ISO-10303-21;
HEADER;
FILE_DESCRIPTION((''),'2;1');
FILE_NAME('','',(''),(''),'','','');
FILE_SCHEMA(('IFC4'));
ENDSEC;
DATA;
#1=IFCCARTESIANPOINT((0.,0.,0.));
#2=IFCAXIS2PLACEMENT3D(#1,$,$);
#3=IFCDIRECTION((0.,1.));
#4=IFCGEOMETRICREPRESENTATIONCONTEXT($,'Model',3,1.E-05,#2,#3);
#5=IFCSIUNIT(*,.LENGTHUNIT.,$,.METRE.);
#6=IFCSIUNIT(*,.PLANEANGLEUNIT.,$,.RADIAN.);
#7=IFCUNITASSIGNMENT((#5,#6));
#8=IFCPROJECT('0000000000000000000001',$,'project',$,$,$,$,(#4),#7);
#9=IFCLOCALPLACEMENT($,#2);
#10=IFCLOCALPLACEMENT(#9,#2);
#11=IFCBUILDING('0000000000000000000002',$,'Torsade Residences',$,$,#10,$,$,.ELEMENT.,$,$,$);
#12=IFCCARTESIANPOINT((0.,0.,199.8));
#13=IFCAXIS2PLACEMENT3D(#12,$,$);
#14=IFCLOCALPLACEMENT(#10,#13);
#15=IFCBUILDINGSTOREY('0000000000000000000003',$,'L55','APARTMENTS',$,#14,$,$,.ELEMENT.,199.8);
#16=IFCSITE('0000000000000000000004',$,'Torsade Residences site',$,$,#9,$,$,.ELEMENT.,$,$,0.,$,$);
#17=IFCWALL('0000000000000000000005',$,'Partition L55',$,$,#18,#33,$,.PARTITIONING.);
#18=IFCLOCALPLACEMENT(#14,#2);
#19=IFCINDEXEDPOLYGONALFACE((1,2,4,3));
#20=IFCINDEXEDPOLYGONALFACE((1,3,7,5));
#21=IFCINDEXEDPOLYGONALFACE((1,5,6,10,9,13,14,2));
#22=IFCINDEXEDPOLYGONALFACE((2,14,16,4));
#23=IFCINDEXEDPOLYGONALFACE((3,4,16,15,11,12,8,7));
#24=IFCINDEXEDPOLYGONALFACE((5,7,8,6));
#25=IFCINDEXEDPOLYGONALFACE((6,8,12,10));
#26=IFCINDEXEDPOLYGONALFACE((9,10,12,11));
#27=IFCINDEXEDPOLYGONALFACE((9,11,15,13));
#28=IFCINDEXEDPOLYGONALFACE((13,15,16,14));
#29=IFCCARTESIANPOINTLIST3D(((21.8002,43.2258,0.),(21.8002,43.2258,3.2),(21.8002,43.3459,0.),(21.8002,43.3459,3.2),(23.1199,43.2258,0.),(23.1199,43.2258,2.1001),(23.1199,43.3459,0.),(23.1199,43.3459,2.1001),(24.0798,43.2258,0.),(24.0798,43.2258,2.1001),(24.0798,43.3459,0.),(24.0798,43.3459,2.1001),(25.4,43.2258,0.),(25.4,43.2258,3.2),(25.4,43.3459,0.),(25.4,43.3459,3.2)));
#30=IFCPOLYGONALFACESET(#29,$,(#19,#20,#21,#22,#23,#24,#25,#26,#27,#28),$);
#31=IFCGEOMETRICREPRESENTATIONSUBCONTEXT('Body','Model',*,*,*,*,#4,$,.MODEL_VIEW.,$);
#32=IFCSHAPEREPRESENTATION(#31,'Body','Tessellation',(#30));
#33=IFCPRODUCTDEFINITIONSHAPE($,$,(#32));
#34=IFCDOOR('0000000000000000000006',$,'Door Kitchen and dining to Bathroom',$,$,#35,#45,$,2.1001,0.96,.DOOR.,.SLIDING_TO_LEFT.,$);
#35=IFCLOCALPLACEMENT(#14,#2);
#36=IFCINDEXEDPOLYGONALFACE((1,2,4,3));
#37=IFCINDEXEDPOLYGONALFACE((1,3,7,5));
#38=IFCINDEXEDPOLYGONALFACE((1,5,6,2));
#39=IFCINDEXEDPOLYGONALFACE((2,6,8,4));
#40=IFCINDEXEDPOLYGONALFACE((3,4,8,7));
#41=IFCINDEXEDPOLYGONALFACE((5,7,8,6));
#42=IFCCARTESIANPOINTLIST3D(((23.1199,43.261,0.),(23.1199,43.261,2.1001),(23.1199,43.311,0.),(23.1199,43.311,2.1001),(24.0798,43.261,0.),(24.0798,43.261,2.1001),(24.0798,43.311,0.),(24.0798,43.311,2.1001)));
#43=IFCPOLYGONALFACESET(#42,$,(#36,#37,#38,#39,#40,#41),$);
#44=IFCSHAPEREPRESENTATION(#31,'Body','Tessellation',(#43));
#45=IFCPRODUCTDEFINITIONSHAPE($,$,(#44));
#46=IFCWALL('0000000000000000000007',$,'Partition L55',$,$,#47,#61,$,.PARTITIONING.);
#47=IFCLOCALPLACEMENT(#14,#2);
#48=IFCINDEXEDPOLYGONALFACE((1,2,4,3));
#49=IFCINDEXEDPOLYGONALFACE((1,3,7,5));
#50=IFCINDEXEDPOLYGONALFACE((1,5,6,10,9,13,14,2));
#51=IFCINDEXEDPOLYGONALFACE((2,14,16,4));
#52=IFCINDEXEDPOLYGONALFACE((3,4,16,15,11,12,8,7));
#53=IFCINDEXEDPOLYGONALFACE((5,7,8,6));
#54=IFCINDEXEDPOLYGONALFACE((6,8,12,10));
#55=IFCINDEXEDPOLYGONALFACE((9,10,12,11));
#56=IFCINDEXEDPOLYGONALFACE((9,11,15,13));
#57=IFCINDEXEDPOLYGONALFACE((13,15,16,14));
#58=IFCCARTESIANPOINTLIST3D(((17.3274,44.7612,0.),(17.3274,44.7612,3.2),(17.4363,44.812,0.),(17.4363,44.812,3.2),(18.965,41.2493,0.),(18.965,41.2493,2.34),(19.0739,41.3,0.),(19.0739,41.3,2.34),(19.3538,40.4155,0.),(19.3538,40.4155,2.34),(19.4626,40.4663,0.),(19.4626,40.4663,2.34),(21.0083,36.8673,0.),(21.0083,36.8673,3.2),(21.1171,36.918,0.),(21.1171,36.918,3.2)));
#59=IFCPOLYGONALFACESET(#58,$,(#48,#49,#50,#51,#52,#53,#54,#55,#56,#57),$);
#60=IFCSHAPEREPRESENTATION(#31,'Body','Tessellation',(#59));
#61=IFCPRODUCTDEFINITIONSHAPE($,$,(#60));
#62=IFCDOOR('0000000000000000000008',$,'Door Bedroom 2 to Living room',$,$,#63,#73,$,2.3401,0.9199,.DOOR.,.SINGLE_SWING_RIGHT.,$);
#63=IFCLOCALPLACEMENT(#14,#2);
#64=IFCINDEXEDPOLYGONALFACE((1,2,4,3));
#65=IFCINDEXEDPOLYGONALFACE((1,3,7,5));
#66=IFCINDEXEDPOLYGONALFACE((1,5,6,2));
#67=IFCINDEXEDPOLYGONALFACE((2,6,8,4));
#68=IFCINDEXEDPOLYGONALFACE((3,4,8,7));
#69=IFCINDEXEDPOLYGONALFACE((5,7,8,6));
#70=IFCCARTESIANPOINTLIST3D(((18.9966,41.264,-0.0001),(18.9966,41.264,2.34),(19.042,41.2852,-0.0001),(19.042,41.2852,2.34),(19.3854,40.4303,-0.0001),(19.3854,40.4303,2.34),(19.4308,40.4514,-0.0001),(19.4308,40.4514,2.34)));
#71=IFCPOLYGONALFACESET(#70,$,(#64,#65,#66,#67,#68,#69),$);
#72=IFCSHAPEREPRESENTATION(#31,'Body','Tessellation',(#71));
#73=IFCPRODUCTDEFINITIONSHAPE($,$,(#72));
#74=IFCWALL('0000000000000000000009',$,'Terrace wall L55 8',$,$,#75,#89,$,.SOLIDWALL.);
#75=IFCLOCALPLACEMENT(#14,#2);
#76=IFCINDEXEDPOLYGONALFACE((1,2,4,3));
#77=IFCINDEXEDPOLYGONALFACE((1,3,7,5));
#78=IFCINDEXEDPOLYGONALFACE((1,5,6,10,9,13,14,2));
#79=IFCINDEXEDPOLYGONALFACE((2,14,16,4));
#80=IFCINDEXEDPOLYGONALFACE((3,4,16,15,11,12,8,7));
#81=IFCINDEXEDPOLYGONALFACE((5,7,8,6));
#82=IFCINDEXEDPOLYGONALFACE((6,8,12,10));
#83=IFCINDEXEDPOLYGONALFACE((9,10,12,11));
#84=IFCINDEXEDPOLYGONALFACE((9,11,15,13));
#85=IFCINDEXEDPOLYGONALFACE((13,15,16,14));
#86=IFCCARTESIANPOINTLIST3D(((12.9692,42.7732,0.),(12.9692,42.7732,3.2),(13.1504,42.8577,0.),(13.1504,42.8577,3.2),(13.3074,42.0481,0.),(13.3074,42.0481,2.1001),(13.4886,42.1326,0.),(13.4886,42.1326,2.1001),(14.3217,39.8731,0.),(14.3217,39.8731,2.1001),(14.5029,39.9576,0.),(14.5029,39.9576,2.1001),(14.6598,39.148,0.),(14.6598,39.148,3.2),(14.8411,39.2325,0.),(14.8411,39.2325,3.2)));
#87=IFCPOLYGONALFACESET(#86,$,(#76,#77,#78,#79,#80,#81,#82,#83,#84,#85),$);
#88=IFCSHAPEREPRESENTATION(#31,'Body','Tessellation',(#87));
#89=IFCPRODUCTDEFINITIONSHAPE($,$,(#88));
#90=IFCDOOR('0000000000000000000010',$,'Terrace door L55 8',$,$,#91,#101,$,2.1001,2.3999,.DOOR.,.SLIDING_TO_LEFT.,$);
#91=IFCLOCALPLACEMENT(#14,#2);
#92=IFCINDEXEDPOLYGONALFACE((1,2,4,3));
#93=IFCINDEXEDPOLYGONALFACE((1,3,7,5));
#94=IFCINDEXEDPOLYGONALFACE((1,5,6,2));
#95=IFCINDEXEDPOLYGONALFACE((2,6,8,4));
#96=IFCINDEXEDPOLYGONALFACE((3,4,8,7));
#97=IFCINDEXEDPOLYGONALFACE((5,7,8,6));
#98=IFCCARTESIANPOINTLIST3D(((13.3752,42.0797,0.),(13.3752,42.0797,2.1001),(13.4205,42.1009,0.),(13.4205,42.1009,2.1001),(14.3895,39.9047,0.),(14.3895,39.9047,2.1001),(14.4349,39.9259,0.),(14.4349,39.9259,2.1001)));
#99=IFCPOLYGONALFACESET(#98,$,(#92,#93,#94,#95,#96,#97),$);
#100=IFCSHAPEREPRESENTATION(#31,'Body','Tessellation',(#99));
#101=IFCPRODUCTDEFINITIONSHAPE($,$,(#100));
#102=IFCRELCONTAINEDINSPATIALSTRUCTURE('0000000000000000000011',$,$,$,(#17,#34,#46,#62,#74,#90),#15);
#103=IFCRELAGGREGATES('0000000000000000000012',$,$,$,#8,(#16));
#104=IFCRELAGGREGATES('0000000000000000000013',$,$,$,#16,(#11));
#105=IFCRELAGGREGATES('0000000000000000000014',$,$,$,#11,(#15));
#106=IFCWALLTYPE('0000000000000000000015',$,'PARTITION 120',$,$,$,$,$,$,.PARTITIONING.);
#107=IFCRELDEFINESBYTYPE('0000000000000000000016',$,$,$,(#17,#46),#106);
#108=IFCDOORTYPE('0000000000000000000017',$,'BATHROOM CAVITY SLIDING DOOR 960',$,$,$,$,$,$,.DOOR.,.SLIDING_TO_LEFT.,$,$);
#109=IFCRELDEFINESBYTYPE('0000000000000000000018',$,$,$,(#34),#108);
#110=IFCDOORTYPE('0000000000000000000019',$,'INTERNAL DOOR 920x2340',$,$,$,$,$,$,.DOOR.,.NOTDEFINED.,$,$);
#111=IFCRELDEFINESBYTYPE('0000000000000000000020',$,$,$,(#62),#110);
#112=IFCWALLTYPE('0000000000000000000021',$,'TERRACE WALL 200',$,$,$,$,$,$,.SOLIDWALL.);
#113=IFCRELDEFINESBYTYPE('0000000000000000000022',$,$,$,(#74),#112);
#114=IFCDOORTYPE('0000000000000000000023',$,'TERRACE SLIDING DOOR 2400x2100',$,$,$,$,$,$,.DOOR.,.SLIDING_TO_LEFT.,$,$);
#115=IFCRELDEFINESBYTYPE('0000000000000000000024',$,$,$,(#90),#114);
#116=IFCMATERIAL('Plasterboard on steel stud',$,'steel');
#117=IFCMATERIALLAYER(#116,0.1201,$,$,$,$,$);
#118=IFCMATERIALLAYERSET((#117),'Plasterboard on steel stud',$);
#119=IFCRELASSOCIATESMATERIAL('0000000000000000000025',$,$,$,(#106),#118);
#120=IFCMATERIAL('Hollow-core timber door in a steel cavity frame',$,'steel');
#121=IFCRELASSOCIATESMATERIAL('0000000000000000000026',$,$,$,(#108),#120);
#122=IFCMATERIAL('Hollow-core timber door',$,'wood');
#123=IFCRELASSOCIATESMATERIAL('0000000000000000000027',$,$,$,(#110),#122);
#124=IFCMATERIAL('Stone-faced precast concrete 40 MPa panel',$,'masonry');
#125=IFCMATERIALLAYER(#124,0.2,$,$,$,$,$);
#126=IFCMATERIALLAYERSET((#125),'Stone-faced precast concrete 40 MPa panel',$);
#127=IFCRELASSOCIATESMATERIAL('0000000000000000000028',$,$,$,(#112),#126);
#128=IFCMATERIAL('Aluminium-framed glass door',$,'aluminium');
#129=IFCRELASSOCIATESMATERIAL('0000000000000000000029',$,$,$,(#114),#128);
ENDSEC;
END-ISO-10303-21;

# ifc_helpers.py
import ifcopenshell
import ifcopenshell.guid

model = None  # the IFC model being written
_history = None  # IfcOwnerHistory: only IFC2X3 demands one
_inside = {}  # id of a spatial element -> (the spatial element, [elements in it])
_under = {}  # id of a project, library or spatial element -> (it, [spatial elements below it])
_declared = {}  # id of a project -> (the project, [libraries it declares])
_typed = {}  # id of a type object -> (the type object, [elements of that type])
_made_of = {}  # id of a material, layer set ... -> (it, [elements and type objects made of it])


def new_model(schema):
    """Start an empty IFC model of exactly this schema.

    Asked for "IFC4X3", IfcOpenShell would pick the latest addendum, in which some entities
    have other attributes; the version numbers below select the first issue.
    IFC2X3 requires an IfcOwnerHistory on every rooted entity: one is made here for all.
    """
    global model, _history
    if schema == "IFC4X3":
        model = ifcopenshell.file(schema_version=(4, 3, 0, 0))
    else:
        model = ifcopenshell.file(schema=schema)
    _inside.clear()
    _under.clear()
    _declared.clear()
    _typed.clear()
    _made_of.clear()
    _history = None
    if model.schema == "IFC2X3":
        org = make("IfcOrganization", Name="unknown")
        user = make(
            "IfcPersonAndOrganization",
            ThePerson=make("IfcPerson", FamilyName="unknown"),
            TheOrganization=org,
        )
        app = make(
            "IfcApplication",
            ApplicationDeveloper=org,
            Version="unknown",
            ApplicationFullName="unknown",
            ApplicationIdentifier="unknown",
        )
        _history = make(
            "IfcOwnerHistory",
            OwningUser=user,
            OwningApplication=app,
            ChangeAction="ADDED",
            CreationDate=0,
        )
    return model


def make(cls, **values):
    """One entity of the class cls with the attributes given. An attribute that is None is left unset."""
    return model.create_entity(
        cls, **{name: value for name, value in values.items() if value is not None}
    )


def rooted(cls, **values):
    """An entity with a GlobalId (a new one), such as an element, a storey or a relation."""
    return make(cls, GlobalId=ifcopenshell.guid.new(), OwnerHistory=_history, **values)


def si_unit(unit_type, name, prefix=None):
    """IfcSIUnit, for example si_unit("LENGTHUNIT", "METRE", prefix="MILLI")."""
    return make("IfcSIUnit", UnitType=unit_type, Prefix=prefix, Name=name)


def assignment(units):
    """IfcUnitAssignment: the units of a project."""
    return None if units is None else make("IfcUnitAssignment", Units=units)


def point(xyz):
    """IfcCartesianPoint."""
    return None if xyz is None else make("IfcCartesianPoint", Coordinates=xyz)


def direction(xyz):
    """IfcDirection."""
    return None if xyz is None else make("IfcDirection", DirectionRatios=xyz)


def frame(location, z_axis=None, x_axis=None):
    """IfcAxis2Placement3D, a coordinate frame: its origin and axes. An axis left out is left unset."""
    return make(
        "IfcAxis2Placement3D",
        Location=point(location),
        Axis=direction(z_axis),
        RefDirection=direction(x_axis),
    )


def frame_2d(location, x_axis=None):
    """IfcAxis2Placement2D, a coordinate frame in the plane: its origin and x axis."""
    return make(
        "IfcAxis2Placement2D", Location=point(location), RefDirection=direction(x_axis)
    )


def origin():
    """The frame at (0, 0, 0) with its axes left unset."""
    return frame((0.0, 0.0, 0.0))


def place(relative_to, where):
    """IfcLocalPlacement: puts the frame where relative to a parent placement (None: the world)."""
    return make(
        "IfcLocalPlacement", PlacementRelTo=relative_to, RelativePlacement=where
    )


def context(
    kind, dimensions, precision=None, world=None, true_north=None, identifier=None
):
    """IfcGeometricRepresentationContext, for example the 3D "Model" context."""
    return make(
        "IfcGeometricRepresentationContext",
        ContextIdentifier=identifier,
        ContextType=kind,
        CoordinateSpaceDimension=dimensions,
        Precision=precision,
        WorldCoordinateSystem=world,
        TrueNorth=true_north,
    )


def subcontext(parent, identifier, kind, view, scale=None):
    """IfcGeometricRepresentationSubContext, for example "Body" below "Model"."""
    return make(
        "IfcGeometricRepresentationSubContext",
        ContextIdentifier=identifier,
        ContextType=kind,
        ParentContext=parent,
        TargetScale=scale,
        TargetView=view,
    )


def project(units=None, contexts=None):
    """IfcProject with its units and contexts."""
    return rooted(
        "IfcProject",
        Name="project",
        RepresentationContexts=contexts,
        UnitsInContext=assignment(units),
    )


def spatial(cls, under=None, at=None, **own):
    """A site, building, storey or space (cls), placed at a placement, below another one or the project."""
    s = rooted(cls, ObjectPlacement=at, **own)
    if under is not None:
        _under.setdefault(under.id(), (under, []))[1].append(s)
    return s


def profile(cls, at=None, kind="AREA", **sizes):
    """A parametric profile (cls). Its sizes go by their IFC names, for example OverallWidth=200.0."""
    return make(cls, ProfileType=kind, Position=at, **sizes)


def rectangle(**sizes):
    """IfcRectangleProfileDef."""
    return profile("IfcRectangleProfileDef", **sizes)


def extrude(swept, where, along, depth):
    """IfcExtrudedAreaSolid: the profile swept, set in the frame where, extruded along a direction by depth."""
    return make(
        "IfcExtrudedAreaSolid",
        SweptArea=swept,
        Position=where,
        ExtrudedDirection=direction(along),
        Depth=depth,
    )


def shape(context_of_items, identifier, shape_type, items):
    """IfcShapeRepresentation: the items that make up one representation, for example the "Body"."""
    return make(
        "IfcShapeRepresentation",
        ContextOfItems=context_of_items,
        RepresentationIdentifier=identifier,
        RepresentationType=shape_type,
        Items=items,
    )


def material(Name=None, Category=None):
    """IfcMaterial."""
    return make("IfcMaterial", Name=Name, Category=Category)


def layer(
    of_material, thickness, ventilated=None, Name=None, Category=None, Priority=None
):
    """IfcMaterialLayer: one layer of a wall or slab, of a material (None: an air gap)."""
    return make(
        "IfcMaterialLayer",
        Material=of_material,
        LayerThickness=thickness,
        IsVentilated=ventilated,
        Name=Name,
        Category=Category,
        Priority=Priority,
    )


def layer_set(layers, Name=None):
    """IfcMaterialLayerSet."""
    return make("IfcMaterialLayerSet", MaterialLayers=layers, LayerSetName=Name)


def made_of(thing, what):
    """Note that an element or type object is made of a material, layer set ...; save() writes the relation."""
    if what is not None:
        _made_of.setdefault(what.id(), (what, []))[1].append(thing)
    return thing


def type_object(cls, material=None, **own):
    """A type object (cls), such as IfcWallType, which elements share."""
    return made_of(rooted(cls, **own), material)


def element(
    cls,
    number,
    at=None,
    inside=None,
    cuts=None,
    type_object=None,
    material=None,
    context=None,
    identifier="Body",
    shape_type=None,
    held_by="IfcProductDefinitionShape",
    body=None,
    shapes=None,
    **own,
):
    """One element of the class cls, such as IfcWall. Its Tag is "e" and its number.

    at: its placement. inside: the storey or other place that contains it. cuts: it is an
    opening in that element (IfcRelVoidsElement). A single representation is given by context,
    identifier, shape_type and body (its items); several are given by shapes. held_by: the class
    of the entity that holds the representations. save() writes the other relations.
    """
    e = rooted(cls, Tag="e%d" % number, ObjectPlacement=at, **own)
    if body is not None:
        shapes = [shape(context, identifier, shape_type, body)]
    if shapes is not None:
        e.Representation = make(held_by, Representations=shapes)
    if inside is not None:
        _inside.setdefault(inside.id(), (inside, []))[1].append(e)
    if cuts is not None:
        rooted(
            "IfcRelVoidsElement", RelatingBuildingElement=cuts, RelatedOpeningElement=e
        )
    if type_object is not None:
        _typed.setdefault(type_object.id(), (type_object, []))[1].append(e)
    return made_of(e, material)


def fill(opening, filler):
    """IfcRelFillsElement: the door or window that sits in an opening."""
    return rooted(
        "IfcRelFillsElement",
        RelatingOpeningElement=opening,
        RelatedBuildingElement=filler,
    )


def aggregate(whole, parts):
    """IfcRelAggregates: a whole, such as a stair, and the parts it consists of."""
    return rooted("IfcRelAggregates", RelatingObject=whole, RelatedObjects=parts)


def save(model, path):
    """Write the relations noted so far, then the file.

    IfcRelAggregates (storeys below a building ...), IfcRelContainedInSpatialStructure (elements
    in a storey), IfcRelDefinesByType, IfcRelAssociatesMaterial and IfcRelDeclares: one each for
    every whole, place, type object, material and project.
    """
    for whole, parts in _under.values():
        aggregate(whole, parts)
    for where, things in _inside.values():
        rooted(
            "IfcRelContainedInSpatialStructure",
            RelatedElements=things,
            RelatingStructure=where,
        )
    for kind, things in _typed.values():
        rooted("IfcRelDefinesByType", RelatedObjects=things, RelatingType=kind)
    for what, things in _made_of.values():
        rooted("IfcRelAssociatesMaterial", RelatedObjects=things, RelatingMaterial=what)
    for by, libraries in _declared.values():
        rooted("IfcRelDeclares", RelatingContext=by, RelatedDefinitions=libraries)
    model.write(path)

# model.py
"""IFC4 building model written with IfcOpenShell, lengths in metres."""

from ifc_helpers import new_model, si_unit, direction, frame, frame_2d, origin, place, context, subcontext, project, spatial, rectangle, extrude, material, layer, layer_set, type_object, element, fill, save


model = new_model("IFC4")

# Units and contexts
model_context = context("Model", 3, precision=1e-05, world=origin(), true_north=direction((0.0, 1.0)))
body_context = subcontext(model_context, "Body", "Model", "MODEL_VIEW")
ifc_project = project(units=[si_unit("LENGTHUNIT", "METRE"), si_unit("PLANEANGLEUNIT", "RADIAN")], contexts=[model_context])

# Site, building, storey
site_placement = place(None, origin())
site = spatial("IfcSite", under=ifc_project, at=site_placement, Name="Torsade Residences site", CompositionType="ELEMENT", RefElevation=0.0)
building_placement = place(site_placement, origin())
building = spatial("IfcBuilding", under=site, at=building_placement, Name="Torsade Residences", CompositionType="ELEMENT")
storey_placement = place(building_placement, frame((0.0, 0.0, 199.8)))
storey = spatial("IfcBuildingStorey", under=building, at=storey_placement, Name="L55", Description="APARTMENTS", CompositionType="ELEMENT", Elevation=199.8)

# Walls, openings, doors
ifc_material_1 = material(Name="Plasterboard on steel stud", Category="steel")
ifc_layer_1 = layer(ifc_material_1, 0.1201)
ifc_layer_set_1 = layer_set([ifc_layer_1], Name="Plasterboard on steel stud")
wall_type_1 = type_object("IfcWallType", Name="PARTITION 120", PredefinedType="PARTITIONING", material=ifc_layer_set_1)
wall_1_placement = place(storey_placement, frame((25.3999, 43.2859, 0.0), z_axis=(0.0, 0.0, 1.0), x_axis=(-1.0, 0.0, 0.0)))
wall_1 = element("IfcWall", 1, at=wall_1_placement, inside=storey, type_object=wall_type_1, Name="Partition L55", PredefinedType="PARTITIONING", context=body_context, shape_type="SweptSolid", body=[
    extrude(rectangle(XDim=3.5999, YDim=0.1201, at=frame_2d((1.7998, 0.0))), origin(), (0.0, 0.0, 1.0), 3.2),
])
opening_1_placement = place(wall_1_placement, frame((1.3201, 0.0, 0.0)))
opening_1 = element("IfcOpeningElement", 2, at=opening_1_placement, cuts=wall_1, PredefinedType="OPENING", context=body_context, shape_type="SweptSolid", body=[
    extrude(rectangle(XDim=0.96, YDim=2.1001, at=frame_2d((0.48, 1.05))), frame((0.0, 0.0701, 0.0), z_axis=(0.0, -1.0, 0.0), x_axis=(1.0, 0.0, 0.0)), (0.0, 0.0, 1.0), 0.1401),
])
ifc_material_2 = material(Name="Hollow-core timber door in a steel cavity frame", Category="steel")
door_type_1 = type_object("IfcDoorType", Name="BATHROOM CAVITY SLIDING DOOR 960", OperationType="SLIDING_TO_LEFT", PredefinedType="DOOR", material=ifc_material_2)
door_1_placement = place(opening_1_placement, origin())
door_1 = element("IfcDoor", 3, at=door_1_placement, inside=storey, type_object=door_type_1, Name="Door Kitchen and dining to Bathroom", OperationType="SLIDING_TO_LEFT", OverallHeight=2.1001, OverallWidth=0.96, PredefinedType="DOOR", context=body_context, shape_type="SweptSolid", body=[
    extrude(rectangle(XDim=0.96, YDim=2.1001, at=frame_2d((0.48, 1.05))), frame((0.0, 0.0249, 0.0), z_axis=(0.0, -1.0, 0.0), x_axis=(1.0, 0.0, 0.0)), (0.0, 0.0, 1.0), 0.05),
])
fill(opening_1, door_1)
wall_2_placement = place(storey_placement, frame((17.3818, 44.7866, 0.0), z_axis=(0.0, 0.0, 1.0), x_axis=(0.422605, -0.906314, 0.0)))
wall_2 = element("IfcWall", 4, at=wall_2_placement, inside=storey, type_object=wall_type_1, Name="Partition L55", PredefinedType="PARTITIONING", context=body_context, shape_type="SweptSolid", body=[
    extrude(rectangle(XDim=8.71, YDim=0.1201, at=frame_2d((4.355, 0.0))), origin(), (0.0, 0.0, 1.0), 3.2),
])
opening_2_placement = place(wall_2_placement, frame((3.875, 0.0, 0.0)))
opening_2 = element("IfcOpeningElement", 5, at=opening_2_placement, cuts=wall_2, PredefinedType="OPENING", context=body_context, shape_type="SweptSolid", body=[
    extrude(rectangle(XDim=0.9199, YDim=2.3401, at=frame_2d((0.46, 1.1699))), frame((0.0, 0.0701, 0.0), z_axis=(0.0, -1.0, 0.0), x_axis=(1.0, 0.0, 0.0)), (0.0, 0.0, 1.0), 0.1401),
])
ifc_material_3 = material(Name="Hollow-core timber door", Category="wood")
door_type_2 = type_object("IfcDoorType", Name="INTERNAL DOOR 920x2340", OperationType="NOTDEFINED", PredefinedType="DOOR", material=ifc_material_3)
door_2_placement = place(opening_2_placement, origin())
door_2 = element("IfcDoor", 6, at=door_2_placement, inside=storey, type_object=door_type_2, Name="Door Bedroom 2 to Living room", OperationType="SINGLE_SWING_RIGHT", OverallHeight=2.3401, OverallWidth=0.9199, PredefinedType="DOOR", context=body_context, shape_type="SweptSolid", body=[
    extrude(rectangle(XDim=0.9199, YDim=2.3401, at=frame_2d((0.46, 1.1699))), frame((0.0, 0.0249, 0.0), z_axis=(0.0, -1.0, 0.0), x_axis=(1.0, 0.0, 0.0)), (0.0, 0.0, 1.0), 0.05),
])
fill(opening_2, door_2)
ifc_material_4 = material(Name="Stone-faced precast concrete 40 MPa panel", Category="masonry")
ifc_layer_2 = layer(ifc_material_4, 0.2)
ifc_layer_set_2 = layer_set([ifc_layer_2], Name="Stone-faced precast concrete 40 MPa panel")
wall_type_2 = type_object("IfcWallType", Name="TERRACE WALL 200", PredefinedType="SOLIDWALL", material=ifc_layer_set_2)
wall_3_placement = place(storey_placement, frame((13.0598, 42.8154, 0.0), z_axis=(0.0, 0.0, 1.0), x_axis=(0.422658, -0.906289, 0.0)))
wall_3 = element("IfcWall", 7, at=wall_3_placement, inside=storey, type_object=wall_type_2, Name="Terrace wall L55 8", PredefinedType="SOLIDWALL", context=body_context, shape_type="SweptSolid", body=[
    extrude(rectangle(XDim=4.0, YDim=0.2, at=frame_2d((2.0, 0.0))), origin(), (0.0, 0.0, 1.0), 3.2),
])
opening_3_placement = place(wall_3_placement, frame((0.8, 0.0, 0.0)))
opening_3 = element("IfcOpeningElement", 8, at=opening_3_placement, cuts=wall_3, PredefinedType="OPENING", context=body_context, shape_type="SweptSolid", body=[
    extrude(rectangle(XDim=2.3999, YDim=2.1001, at=frame_2d((1.2, 1.05))), frame((0.0, 0.1099, 0.0), z_axis=(0.0, -1.0, 0.0), x_axis=(1.0, 0.0, 0.0)), (0.0, 0.0, 1.0), 0.22),
])
ifc_material_5 = material(Name="Aluminium-framed glass door", Category="aluminium")
door_type_3 = type_object("IfcDoorType", Name="TERRACE SLIDING DOOR 2400x2100", OperationType="SLIDING_TO_LEFT", PredefinedType="DOOR", material=ifc_material_5)
door_3_placement = place(opening_3_placement, origin())
door_3 = element("IfcDoor", 9, at=door_3_placement, inside=storey, type_object=door_type_3, Name="Terrace door L55 8", OperationType="SLIDING_TO_LEFT", OverallHeight=2.1001, OverallWidth=2.3999, PredefinedType="DOOR", context=body_context, shape_type="SweptSolid", body=[
    extrude(rectangle(XDim=2.3999, YDim=2.1001, at=frame_2d((1.2, 1.05))), frame((0.0, 0.0249, 0.0), z_axis=(0.0, -1.0, 0.0), x_axis=(1.0, 0.0, 0.0)), (0.0, 0.0, 1.0), 0.05),
])
fill(opening_3, door_3)

save(model, "model.ifc")
